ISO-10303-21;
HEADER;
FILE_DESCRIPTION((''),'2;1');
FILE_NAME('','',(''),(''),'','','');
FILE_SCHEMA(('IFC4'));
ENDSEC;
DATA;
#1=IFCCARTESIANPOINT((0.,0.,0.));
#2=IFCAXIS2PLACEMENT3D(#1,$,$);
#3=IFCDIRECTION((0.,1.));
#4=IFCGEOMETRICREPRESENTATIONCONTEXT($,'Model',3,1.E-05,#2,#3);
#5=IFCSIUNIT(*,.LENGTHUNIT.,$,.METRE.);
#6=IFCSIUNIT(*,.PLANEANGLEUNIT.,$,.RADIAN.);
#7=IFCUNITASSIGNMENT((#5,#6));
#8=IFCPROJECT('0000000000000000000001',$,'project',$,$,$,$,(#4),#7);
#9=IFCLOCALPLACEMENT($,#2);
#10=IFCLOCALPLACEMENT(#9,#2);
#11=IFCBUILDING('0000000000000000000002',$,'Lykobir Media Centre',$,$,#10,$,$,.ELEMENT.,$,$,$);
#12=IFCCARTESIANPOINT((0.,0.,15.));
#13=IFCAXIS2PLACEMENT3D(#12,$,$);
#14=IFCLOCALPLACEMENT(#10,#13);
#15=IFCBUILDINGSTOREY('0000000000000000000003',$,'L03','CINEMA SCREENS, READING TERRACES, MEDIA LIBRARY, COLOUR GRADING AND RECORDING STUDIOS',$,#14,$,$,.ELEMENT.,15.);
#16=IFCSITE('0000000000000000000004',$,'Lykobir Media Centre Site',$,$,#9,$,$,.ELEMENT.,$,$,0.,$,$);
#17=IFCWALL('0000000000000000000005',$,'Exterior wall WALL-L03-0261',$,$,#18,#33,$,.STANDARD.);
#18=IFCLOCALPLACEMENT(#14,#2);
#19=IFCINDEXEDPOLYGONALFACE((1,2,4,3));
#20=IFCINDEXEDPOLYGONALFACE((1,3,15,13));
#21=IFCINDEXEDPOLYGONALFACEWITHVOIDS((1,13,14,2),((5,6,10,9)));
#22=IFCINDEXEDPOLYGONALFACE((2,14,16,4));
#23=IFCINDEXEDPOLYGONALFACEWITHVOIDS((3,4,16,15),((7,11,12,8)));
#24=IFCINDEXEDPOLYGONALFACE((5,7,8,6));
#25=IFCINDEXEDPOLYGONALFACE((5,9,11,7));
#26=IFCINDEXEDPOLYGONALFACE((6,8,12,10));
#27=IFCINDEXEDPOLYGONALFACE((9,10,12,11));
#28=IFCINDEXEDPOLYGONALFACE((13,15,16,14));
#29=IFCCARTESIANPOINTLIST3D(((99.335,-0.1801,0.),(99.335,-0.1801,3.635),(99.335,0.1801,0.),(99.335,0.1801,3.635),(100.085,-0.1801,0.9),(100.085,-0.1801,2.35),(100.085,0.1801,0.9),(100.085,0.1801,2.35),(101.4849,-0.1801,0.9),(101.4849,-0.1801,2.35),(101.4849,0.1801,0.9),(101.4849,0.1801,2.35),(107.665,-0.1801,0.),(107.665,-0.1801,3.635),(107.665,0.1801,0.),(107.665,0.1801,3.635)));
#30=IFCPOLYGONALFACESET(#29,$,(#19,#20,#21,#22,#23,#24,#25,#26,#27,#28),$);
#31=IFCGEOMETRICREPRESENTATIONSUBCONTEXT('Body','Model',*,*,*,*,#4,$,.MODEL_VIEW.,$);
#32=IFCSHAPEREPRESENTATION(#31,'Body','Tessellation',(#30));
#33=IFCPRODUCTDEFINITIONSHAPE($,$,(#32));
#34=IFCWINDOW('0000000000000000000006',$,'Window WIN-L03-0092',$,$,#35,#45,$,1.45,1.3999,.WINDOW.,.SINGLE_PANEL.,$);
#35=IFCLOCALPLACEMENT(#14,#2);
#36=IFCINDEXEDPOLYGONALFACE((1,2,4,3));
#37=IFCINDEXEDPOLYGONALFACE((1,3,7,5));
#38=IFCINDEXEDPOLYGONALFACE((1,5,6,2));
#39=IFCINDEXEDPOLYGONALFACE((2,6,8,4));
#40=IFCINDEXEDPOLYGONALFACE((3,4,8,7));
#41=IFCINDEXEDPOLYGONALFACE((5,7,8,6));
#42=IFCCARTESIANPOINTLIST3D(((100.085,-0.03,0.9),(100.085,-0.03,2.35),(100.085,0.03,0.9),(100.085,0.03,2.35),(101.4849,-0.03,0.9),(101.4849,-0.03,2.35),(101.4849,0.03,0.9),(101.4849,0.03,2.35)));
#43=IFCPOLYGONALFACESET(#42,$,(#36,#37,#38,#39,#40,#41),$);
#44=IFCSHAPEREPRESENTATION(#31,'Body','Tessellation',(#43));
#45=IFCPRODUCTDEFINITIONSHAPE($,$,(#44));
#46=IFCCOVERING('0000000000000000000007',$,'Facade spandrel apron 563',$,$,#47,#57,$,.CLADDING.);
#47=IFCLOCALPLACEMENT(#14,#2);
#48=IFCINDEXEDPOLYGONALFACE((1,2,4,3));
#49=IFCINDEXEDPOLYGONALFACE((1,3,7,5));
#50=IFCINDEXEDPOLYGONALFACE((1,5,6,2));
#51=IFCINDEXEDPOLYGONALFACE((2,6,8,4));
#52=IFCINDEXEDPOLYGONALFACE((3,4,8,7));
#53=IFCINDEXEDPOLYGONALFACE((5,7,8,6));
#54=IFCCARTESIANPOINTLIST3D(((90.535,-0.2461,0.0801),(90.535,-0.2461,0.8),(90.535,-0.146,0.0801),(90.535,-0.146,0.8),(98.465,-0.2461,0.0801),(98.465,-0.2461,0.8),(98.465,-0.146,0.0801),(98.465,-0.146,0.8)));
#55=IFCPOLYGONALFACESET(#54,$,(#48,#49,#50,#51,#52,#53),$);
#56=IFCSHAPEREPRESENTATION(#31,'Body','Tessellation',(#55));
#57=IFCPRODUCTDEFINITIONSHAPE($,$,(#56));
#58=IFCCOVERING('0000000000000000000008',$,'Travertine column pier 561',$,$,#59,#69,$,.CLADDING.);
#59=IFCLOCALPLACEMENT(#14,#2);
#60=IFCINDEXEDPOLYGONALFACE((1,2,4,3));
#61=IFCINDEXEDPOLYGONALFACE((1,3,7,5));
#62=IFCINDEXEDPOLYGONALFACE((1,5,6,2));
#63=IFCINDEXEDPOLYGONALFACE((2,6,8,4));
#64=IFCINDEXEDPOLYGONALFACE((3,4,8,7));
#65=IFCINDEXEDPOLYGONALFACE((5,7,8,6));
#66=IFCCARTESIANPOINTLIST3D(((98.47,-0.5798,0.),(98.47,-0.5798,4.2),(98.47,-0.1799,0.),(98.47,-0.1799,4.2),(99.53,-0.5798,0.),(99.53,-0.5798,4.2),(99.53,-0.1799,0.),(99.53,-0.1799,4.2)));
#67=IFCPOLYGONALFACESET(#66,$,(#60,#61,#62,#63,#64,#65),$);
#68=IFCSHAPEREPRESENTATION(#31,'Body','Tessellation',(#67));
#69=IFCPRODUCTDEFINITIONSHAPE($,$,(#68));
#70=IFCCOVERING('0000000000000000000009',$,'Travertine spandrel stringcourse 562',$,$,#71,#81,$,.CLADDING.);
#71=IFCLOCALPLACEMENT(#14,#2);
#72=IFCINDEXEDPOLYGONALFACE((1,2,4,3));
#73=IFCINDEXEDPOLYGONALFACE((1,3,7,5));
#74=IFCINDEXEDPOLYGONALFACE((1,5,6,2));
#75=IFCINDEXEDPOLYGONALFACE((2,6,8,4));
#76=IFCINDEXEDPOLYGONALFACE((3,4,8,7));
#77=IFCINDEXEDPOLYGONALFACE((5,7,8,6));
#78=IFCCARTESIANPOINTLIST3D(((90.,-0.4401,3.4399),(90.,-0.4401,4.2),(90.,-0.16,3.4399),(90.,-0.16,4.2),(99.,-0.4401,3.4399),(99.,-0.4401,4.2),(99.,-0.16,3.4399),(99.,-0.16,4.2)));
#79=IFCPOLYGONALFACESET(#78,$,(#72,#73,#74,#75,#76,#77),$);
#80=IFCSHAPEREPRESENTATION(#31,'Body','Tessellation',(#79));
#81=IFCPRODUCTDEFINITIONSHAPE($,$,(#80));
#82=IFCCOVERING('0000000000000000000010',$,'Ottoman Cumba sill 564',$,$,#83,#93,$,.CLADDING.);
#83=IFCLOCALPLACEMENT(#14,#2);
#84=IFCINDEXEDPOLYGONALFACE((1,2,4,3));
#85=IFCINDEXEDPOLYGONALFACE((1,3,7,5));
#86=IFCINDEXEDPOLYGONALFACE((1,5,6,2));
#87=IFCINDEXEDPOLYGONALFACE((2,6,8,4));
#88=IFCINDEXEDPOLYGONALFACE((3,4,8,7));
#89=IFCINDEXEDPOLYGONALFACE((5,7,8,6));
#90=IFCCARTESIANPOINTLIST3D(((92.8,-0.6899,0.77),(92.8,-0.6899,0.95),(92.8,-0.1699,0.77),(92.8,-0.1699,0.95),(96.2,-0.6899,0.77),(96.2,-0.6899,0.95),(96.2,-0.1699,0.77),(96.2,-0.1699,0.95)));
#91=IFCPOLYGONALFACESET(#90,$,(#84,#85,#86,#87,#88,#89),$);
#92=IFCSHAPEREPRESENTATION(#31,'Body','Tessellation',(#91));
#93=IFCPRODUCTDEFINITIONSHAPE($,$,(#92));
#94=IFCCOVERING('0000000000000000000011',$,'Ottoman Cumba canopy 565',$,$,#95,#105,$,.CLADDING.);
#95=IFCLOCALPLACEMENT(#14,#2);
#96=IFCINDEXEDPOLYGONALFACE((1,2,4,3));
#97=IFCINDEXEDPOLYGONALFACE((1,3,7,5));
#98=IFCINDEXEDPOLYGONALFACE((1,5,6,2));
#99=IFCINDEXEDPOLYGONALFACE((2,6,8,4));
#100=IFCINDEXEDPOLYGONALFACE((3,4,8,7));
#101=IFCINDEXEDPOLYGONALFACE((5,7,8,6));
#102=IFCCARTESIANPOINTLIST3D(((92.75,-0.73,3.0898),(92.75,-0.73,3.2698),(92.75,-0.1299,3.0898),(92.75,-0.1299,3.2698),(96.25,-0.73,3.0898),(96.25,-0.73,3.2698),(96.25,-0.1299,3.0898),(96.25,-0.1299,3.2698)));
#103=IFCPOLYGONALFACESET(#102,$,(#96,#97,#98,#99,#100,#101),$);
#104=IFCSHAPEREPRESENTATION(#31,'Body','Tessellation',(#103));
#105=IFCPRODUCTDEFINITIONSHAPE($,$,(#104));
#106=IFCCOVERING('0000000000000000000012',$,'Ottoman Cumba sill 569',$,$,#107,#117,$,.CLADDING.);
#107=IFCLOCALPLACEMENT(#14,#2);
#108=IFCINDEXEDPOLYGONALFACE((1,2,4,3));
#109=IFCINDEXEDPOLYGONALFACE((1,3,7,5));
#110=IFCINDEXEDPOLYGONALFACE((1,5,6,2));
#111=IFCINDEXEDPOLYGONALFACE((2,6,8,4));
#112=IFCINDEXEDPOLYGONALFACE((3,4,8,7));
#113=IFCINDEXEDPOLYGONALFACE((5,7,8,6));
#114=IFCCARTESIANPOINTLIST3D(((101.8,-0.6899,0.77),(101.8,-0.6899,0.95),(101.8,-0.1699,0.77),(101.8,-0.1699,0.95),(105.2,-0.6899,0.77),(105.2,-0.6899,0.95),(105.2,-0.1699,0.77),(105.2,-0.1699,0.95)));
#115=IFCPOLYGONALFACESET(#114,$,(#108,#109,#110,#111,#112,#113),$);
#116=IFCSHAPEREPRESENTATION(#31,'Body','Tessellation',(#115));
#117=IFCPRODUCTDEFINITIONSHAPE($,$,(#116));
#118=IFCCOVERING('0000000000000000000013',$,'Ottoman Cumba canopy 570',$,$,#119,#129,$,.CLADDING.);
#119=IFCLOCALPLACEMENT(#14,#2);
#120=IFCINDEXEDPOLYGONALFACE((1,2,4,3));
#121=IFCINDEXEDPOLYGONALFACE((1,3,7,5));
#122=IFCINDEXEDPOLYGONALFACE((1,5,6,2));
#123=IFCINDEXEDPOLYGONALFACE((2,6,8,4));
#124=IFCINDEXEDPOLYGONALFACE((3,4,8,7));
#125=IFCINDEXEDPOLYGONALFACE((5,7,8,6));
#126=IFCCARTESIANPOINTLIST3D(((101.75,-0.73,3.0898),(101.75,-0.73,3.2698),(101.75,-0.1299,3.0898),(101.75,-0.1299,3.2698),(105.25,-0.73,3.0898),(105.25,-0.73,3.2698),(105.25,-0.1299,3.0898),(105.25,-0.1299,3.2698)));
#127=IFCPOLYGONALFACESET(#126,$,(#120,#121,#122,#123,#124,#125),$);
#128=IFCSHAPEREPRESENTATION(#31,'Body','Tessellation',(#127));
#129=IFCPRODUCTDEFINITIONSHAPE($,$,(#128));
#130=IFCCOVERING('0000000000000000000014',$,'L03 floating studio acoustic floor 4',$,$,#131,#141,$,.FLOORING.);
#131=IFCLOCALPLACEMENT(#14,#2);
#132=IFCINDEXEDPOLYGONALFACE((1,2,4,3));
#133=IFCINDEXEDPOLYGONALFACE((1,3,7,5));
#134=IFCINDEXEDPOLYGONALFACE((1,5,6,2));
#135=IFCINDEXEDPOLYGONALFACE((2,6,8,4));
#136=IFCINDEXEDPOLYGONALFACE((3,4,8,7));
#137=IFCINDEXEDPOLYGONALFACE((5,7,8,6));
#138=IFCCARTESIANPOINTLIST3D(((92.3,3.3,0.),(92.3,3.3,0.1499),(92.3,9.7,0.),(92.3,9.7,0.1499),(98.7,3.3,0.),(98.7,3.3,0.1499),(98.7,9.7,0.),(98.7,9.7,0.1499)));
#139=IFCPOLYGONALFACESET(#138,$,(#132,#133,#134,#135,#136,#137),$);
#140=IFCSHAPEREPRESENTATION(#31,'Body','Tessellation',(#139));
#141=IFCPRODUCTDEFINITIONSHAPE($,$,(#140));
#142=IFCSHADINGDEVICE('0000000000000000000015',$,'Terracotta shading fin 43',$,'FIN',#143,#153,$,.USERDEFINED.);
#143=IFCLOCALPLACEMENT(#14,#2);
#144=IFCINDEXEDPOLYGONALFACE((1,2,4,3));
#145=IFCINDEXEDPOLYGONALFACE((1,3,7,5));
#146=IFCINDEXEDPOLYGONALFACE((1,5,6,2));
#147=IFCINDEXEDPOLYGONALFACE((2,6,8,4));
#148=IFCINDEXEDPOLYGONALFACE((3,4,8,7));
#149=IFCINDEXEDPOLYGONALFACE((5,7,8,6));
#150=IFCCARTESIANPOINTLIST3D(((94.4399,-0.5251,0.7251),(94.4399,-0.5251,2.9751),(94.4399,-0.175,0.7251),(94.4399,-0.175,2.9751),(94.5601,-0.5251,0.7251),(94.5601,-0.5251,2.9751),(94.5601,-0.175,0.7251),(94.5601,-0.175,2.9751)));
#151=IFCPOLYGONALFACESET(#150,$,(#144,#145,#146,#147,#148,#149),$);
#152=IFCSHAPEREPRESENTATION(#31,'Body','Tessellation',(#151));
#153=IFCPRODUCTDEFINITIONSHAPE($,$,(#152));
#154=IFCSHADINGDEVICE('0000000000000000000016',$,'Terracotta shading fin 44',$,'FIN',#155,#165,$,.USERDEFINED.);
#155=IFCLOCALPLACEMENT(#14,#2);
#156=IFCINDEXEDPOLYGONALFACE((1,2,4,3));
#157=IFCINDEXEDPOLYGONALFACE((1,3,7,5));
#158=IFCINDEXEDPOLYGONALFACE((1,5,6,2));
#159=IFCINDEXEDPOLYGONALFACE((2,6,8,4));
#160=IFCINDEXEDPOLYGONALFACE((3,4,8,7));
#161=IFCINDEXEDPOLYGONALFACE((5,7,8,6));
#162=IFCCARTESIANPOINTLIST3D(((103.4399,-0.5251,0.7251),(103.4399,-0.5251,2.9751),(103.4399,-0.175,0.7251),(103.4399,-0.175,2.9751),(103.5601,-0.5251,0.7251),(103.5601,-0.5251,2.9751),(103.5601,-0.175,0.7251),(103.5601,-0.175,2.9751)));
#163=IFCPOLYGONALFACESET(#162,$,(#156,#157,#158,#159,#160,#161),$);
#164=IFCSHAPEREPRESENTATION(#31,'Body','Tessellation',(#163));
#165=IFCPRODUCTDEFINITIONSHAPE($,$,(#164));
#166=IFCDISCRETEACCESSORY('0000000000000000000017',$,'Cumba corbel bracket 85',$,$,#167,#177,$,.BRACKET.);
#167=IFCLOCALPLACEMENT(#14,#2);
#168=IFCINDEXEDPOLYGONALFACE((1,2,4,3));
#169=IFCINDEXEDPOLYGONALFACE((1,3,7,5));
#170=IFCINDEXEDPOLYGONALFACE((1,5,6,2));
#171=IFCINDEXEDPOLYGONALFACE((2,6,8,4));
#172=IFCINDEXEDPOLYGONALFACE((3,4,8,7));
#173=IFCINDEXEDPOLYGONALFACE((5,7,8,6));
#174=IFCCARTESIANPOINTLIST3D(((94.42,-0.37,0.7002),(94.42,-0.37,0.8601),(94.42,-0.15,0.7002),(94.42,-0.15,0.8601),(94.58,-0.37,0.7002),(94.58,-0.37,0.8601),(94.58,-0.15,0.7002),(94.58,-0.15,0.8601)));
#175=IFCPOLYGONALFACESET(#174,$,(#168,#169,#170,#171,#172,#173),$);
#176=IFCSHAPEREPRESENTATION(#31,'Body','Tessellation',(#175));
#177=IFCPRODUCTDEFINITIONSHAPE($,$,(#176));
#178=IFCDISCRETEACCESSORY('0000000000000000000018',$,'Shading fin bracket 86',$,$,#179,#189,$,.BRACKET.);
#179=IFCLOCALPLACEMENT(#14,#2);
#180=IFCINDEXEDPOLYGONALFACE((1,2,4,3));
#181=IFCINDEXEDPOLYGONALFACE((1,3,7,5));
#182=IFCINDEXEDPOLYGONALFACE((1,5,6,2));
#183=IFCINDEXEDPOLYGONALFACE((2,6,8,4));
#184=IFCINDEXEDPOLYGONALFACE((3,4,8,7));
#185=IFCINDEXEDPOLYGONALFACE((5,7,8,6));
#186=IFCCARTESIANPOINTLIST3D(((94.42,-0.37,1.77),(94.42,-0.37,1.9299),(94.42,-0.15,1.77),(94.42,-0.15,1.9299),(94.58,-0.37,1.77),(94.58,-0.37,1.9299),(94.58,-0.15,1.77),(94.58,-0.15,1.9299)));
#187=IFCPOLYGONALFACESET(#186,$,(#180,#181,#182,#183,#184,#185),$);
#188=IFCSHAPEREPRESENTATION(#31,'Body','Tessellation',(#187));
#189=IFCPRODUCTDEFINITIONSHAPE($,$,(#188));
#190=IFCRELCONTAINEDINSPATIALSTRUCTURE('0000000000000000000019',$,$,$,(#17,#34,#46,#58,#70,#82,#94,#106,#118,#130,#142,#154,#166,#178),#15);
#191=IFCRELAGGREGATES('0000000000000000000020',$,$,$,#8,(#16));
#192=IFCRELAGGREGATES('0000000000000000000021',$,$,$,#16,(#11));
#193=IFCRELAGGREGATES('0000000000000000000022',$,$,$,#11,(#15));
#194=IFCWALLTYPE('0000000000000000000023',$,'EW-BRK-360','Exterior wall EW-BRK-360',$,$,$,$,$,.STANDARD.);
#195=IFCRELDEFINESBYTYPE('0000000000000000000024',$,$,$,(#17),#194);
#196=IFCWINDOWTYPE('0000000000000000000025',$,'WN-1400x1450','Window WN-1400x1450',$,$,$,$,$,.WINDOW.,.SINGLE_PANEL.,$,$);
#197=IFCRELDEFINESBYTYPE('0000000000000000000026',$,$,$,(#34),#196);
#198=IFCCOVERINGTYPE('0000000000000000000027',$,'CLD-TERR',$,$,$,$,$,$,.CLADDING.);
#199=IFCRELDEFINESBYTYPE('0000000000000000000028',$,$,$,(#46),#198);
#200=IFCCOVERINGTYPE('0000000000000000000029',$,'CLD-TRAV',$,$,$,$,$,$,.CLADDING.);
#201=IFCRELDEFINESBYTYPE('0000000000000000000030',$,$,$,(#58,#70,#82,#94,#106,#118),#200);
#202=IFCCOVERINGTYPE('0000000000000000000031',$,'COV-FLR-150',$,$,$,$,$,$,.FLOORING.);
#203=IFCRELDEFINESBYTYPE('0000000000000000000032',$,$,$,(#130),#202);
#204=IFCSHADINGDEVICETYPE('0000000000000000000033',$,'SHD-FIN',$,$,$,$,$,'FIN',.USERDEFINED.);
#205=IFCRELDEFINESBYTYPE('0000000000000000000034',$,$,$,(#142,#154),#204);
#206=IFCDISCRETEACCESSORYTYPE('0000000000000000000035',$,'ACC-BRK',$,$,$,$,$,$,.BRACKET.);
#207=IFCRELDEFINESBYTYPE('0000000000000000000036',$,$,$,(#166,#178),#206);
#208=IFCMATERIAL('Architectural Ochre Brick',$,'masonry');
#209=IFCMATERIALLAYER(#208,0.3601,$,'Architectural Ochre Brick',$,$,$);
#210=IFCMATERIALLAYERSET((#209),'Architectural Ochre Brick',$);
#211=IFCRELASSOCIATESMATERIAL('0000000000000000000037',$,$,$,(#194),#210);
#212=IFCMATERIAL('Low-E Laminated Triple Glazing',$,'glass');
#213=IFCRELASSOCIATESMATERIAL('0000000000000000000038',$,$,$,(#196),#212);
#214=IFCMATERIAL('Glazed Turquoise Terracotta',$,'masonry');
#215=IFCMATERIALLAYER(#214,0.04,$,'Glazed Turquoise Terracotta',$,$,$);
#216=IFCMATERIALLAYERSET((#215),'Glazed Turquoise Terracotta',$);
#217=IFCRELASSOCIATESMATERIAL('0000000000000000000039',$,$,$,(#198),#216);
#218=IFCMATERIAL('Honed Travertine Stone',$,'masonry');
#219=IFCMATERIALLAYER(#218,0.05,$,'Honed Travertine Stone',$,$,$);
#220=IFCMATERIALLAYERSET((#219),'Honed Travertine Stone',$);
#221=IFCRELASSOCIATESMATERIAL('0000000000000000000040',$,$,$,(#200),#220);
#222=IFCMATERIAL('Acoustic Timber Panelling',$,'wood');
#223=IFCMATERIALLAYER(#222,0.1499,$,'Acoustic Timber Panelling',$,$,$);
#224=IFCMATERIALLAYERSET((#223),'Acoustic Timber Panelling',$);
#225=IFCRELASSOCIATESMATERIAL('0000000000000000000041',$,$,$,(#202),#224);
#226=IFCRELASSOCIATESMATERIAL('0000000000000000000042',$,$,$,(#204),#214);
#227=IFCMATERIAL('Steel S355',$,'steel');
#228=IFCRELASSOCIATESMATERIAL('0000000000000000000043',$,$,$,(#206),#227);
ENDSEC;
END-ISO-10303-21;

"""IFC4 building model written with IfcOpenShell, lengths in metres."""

from ifc_helpers import new_model, si_unit, direction, frame, frame_2d, origin, origin_2d, place, context, subcontext, project, spatial, rectangle, extrude, material, layer, layer_set, type_object, element, fill, save


model = new_model("IFC4")

# Units and contexts
model_context = context("Model", 3, precision=1e-05, world=origin(), true_north=direction((0.0, 1.0)))
body_context = subcontext(model_context, "Body", "Model", "MODEL_VIEW")
ifc_project = project(units=[si_unit("LENGTHUNIT", "METRE"), si_unit("PLANEANGLEUNIT", "RADIAN")], contexts=[model_context])

# Site, building, storey
site_placement = place(None, origin())
site = spatial("IfcSite", under=ifc_project, at=site_placement, Name="Lykobir Media Centre Site", CompositionType="ELEMENT", RefElevation=0.0)
building_placement = place(site_placement, origin())
building = spatial("IfcBuilding", under=site, at=building_placement, Name="Lykobir Media Centre", CompositionType="ELEMENT")
storey_placement = place(building_placement, frame((0.0, 0.0, 15.0)))
storey = spatial("IfcBuildingStorey", under=building, at=storey_placement, Name="L03", Description="CINEMA SCREENS, READING TERRACES, MEDIA LIBRARY, COLOUR GRADING AND RECORDING STUDIOS", CompositionType="ELEMENT", Elevation=15.0)

# Shared definitions
ifc_material_1 = material(Name="Steel S355", Category="steel")

# Wall, opening, window
ifc_material_2 = material(Name="Architectural Ochre Brick", Category="masonry")
ifc_layer_1 = layer(ifc_material_2, 0.3601, Name="Architectural Ochre Brick")
ifc_layer_set_1 = layer_set([ifc_layer_1], Name="Architectural Ochre Brick")
wall_type = type_object("IfcWallType", Name="EW-BRK-360", Description="Exterior wall EW-BRK-360", PredefinedType="STANDARD", material=ifc_layer_set_1)
ifc_material_3 = material(Name="Low-E Laminated Triple Glazing", Category="glass")
wall_1_placement = place(storey_placement, frame((99.335, 0.0, 0.0), z_axis=(0.0, 0.0, 1.0), x_axis=(1.0, 0.0, 0.0)))
wall_1 = element("IfcWall", 1, at=wall_1_placement, inside=storey, type_object=wall_type, Name="Exterior wall WALL-L03-0261", PredefinedType="STANDARD", context=body_context, shape_type="SweptSolid", body=[
    extrude(rectangle(XDim=8.3301, YDim=0.3601, at=frame_2d((4.165, 0.0))), origin(), (0.0, 0.0, 1.0), 3.635),
])
opening_1_placement = place(wall_1_placement, frame((0.75, 0.0, 0.8999)))
opening_1 = element("IfcOpeningElement", 2, at=opening_1_placement, cuts=wall_1, PredefinedType="OPENING", context=body_context, shape_type="SweptSolid", body=[
    extrude(rectangle(XDim=1.3999, YDim=1.45, at=frame_2d((0.7, 0.7251))), frame((0.0, 0.1899, 0.0), z_axis=(0.0, -1.0, 0.0), x_axis=(1.0, 0.0, 0.0)), (0.0, 0.0, 1.0), 0.3801),
])
window_type_1 = type_object("IfcWindowType", Name="WN-1400x1450", Description="Window WN-1400x1450", PartitioningType="SINGLE_PANEL", PredefinedType="WINDOW", material=ifc_material_3)
window_1_placement = place(opening_1_placement, origin())
window_1 = element("IfcWindow", 3, at=window_1_placement, inside=storey, type_object=window_type_1, Name="Window WIN-L03-0092", OverallHeight=1.45, OverallWidth=1.3999, PartitioningType="SINGLE_PANEL", PredefinedType="WINDOW", context=body_context, shape_type="SweptSolid", body=[
    extrude(rectangle(XDim=1.3999, YDim=1.45, at=frame_2d((0.7, 0.7251))), frame((0.0, 0.03, 0.0), z_axis=(0.0, -1.0, 0.0), x_axis=(1.0, 0.0, 0.0)), (0.0, 0.0, 1.0), 0.0601),
])
fill(opening_1, window_1)

# Coverings
ifc_material_4 = material(Name="Glazed Turquoise Terracotta", Category="masonry")
ifc_layer_2 = layer(ifc_material_4, 0.04, Name="Glazed Turquoise Terracotta")
ifc_layer_set_2 = layer_set([ifc_layer_2], Name="Glazed Turquoise Terracotta")
covering_type_1 = type_object("IfcCoveringType", Name="CLD-TERR", PredefinedType="CLADDING", material=ifc_layer_set_2)
covering_1_placement = place(storey_placement, frame((94.5, -0.196, 0.0801), z_axis=(0.0, 0.0, 1.0), x_axis=(1.0, 0.0, 0.0)))
element("IfcCovering", 4, at=covering_1_placement, inside=storey, type_object=covering_type_1, Name="Facade spandrel apron 563", PredefinedType="CLADDING", context=body_context, shape_type="SweptSolid", body=[
    extrude(rectangle(XDim=7.9299, YDim=0.1001, at=origin_2d()), origin(), (0.0, 0.0, 1.0), 0.72),
])
ifc_material_5 = material(Name="Honed Travertine Stone", Category="masonry")
ifc_layer_3 = layer(ifc_material_5, 0.05, Name="Honed Travertine Stone")
ifc_layer_set_3 = layer_set([ifc_layer_3], Name="Honed Travertine Stone")
covering_type_2 = type_object("IfcCoveringType", Name="CLD-TRAV", PredefinedType="CLADDING", material=ifc_layer_set_3)
covering_2_placement = place(storey_placement, frame((99.0, -0.3799, 0.0), z_axis=(0.0, 0.0, 1.0), x_axis=(1.0, 0.0, 0.0)))
element("IfcCovering", 5, at=covering_2_placement, inside=storey, type_object=covering_type_2, Name="Travertine column pier 561", PredefinedType="CLADDING", context=body_context, shape_type="SweptSolid", body=[
    extrude(rectangle(XDim=1.0601, YDim=0.3999, at=origin_2d()), origin(), (0.0, 0.0, 1.0), 4.2),
])
covering_3_placement = place(storey_placement, frame((94.5, -0.3, 3.4399), z_axis=(0.0, 0.0, 1.0), x_axis=(1.0, 0.0, 0.0)))
element("IfcCovering", 6, at=covering_3_placement, inside=storey, type_object=covering_type_2, Name="Travertine spandrel stringcourse 562", PredefinedType="CLADDING", context=body_context, shape_type="SweptSolid", body=[
    extrude(rectangle(XDim=9.0, YDim=0.28, at=origin_2d()), origin(), (0.0, 0.0, 1.0), 0.76),
])
covering_4_placement = place(storey_placement, frame((94.5, -0.4299, 0.77), z_axis=(0.0, 0.0, 1.0), x_axis=(1.0, 0.0, 0.0)))
element("IfcCovering", 7, at=covering_4_placement, inside=storey, type_object=covering_type_2, Name="Ottoman Cumba sill 564", PredefinedType="CLADDING", context=body_context, shape_type="SweptSolid", body=[
    extrude(rectangle(XDim=3.3999, YDim=0.52, at=origin_2d()), origin(), (0.0, 0.0, 1.0), 0.1799),
])
covering_5_placement = place(storey_placement, frame((94.5, -0.4299, 3.0898), z_axis=(0.0, 0.0, 1.0), x_axis=(1.0, 0.0, 0.0)))
element("IfcCovering", 8, at=covering_5_placement, inside=storey, type_object=covering_type_2, Name="Ottoman Cumba canopy 565", PredefinedType="CLADDING", context=body_context, shape_type="SweptSolid", body=[
    extrude(rectangle(XDim=3.5, YDim=0.6001, at=origin_2d()), origin(), (0.0, 0.0, 1.0), 0.1799),
])
covering_6_placement = place(storey_placement, frame((103.5, -0.4299, 0.77), z_axis=(0.0, 0.0, 1.0), x_axis=(1.0, 0.0, 0.0)))
element("IfcCovering", 9, at=covering_6_placement, inside=storey, type_object=covering_type_2, Name="Ottoman Cumba sill 569", PredefinedType="CLADDING", context=body_context, shape_type="SweptSolid", body=[
    extrude(rectangle(XDim=3.3999, YDim=0.52, at=origin_2d()), origin(), (0.0, 0.0, 1.0), 0.1799),
])
covering_7_placement = place(storey_placement, frame((103.5, -0.4299, 3.0898), z_axis=(0.0, 0.0, 1.0), x_axis=(1.0, 0.0, 0.0)))
element("IfcCovering", 10, at=covering_7_placement, inside=storey, type_object=covering_type_2, Name="Ottoman Cumba canopy 570", PredefinedType="CLADDING", context=body_context, shape_type="SweptSolid", body=[
    extrude(rectangle(XDim=3.5, YDim=0.6001, at=origin_2d()), origin(), (0.0, 0.0, 1.0), 0.1799),
])
ifc_material_6 = material(Name="Acoustic Timber Panelling", Category="wood")
ifc_layer_4 = layer(ifc_material_6, 0.1499, Name="Acoustic Timber Panelling")
ifc_layer_set_4 = layer_set([ifc_layer_4], Name="Acoustic Timber Panelling")
covering_type_3 = type_object("IfcCoveringType", Name="COV-FLR-150", PredefinedType="FLOORING", material=ifc_layer_set_4)
covering_8_placement = place(storey_placement, frame((95.5, 6.5, 0.0), z_axis=(0.0, 0.0, 1.0), x_axis=(1.0, 0.0, 0.0)))
element("IfcCovering", 11, at=covering_8_placement, inside=storey, type_object=covering_type_3, Name="L03 floating studio acoustic floor 4", PredefinedType="FLOORING", context=body_context, shape_type="SweptSolid", body=[
    extrude(rectangle(XDim=6.3999, YDim=6.3999, at=origin_2d()), origin(), (0.0, 0.0, 1.0), 0.1499),
])

# Shading devices
shading_device_type = type_object("IfcShadingDeviceType", Name="SHD-FIN", ElementType="FIN", PredefinedType="USERDEFINED", material=ifc_material_4)
for number, where, z_axis, x_axis, name in (
    (12, (94.5, -0.3501, 0.7251), (0.0, 0.0, 1.0), (1.0, 0.0, 0.0), "Terracotta shading fin 43"),
    (13, (103.5, -0.3501, 0.7251), (0.0, 0.0, 1.0), (1.0, 0.0, 0.0), "Terracotta shading fin 44"),
):
    element("IfcShadingDevice", number, at=place(storey_placement, frame(where, z_axis=z_axis, x_axis=x_axis)), inside=storey, type_object=shading_device_type, Name=name, ObjectType="FIN", PredefinedType="USERDEFINED", context=body_context, shape_type="SweptSolid", body=[
        extrude(rectangle(XDim=0.1201, YDim=0.3501, at=origin_2d()), origin(), (0.0, 0.0, 1.0), 2.25),
    ])

# Discrete accessories
discrete_accessory_type = type_object("IfcDiscreteAccessoryType", Name="ACC-BRK", PredefinedType="BRACKET", material=ifc_material_1)
for number, where, z_axis, x_axis, name in (
    (14, (94.5, -0.26, 0.7002), (0.0, 0.0, 1.0), (1.0, 0.0, 0.0), "Cumba corbel bracket 85"),
    (15, (94.5, -0.26, 1.77), (0.0, 0.0, 1.0), (1.0, 0.0, 0.0), "Shading fin bracket 86"),
):
    element("IfcDiscreteAccessory", number, at=place(storey_placement, frame(where, z_axis=z_axis, x_axis=x_axis)), inside=storey, type_object=discrete_accessory_type, Name=name, PredefinedType="BRACKET", context=body_context, shape_type="SweptSolid", body=[
        extrude(rectangle(XDim=0.1599, YDim=0.22, at=origin_2d()), origin(), (0.0, 0.0, 1.0), 0.1599),
    ])

save(model, "model.ifc")
